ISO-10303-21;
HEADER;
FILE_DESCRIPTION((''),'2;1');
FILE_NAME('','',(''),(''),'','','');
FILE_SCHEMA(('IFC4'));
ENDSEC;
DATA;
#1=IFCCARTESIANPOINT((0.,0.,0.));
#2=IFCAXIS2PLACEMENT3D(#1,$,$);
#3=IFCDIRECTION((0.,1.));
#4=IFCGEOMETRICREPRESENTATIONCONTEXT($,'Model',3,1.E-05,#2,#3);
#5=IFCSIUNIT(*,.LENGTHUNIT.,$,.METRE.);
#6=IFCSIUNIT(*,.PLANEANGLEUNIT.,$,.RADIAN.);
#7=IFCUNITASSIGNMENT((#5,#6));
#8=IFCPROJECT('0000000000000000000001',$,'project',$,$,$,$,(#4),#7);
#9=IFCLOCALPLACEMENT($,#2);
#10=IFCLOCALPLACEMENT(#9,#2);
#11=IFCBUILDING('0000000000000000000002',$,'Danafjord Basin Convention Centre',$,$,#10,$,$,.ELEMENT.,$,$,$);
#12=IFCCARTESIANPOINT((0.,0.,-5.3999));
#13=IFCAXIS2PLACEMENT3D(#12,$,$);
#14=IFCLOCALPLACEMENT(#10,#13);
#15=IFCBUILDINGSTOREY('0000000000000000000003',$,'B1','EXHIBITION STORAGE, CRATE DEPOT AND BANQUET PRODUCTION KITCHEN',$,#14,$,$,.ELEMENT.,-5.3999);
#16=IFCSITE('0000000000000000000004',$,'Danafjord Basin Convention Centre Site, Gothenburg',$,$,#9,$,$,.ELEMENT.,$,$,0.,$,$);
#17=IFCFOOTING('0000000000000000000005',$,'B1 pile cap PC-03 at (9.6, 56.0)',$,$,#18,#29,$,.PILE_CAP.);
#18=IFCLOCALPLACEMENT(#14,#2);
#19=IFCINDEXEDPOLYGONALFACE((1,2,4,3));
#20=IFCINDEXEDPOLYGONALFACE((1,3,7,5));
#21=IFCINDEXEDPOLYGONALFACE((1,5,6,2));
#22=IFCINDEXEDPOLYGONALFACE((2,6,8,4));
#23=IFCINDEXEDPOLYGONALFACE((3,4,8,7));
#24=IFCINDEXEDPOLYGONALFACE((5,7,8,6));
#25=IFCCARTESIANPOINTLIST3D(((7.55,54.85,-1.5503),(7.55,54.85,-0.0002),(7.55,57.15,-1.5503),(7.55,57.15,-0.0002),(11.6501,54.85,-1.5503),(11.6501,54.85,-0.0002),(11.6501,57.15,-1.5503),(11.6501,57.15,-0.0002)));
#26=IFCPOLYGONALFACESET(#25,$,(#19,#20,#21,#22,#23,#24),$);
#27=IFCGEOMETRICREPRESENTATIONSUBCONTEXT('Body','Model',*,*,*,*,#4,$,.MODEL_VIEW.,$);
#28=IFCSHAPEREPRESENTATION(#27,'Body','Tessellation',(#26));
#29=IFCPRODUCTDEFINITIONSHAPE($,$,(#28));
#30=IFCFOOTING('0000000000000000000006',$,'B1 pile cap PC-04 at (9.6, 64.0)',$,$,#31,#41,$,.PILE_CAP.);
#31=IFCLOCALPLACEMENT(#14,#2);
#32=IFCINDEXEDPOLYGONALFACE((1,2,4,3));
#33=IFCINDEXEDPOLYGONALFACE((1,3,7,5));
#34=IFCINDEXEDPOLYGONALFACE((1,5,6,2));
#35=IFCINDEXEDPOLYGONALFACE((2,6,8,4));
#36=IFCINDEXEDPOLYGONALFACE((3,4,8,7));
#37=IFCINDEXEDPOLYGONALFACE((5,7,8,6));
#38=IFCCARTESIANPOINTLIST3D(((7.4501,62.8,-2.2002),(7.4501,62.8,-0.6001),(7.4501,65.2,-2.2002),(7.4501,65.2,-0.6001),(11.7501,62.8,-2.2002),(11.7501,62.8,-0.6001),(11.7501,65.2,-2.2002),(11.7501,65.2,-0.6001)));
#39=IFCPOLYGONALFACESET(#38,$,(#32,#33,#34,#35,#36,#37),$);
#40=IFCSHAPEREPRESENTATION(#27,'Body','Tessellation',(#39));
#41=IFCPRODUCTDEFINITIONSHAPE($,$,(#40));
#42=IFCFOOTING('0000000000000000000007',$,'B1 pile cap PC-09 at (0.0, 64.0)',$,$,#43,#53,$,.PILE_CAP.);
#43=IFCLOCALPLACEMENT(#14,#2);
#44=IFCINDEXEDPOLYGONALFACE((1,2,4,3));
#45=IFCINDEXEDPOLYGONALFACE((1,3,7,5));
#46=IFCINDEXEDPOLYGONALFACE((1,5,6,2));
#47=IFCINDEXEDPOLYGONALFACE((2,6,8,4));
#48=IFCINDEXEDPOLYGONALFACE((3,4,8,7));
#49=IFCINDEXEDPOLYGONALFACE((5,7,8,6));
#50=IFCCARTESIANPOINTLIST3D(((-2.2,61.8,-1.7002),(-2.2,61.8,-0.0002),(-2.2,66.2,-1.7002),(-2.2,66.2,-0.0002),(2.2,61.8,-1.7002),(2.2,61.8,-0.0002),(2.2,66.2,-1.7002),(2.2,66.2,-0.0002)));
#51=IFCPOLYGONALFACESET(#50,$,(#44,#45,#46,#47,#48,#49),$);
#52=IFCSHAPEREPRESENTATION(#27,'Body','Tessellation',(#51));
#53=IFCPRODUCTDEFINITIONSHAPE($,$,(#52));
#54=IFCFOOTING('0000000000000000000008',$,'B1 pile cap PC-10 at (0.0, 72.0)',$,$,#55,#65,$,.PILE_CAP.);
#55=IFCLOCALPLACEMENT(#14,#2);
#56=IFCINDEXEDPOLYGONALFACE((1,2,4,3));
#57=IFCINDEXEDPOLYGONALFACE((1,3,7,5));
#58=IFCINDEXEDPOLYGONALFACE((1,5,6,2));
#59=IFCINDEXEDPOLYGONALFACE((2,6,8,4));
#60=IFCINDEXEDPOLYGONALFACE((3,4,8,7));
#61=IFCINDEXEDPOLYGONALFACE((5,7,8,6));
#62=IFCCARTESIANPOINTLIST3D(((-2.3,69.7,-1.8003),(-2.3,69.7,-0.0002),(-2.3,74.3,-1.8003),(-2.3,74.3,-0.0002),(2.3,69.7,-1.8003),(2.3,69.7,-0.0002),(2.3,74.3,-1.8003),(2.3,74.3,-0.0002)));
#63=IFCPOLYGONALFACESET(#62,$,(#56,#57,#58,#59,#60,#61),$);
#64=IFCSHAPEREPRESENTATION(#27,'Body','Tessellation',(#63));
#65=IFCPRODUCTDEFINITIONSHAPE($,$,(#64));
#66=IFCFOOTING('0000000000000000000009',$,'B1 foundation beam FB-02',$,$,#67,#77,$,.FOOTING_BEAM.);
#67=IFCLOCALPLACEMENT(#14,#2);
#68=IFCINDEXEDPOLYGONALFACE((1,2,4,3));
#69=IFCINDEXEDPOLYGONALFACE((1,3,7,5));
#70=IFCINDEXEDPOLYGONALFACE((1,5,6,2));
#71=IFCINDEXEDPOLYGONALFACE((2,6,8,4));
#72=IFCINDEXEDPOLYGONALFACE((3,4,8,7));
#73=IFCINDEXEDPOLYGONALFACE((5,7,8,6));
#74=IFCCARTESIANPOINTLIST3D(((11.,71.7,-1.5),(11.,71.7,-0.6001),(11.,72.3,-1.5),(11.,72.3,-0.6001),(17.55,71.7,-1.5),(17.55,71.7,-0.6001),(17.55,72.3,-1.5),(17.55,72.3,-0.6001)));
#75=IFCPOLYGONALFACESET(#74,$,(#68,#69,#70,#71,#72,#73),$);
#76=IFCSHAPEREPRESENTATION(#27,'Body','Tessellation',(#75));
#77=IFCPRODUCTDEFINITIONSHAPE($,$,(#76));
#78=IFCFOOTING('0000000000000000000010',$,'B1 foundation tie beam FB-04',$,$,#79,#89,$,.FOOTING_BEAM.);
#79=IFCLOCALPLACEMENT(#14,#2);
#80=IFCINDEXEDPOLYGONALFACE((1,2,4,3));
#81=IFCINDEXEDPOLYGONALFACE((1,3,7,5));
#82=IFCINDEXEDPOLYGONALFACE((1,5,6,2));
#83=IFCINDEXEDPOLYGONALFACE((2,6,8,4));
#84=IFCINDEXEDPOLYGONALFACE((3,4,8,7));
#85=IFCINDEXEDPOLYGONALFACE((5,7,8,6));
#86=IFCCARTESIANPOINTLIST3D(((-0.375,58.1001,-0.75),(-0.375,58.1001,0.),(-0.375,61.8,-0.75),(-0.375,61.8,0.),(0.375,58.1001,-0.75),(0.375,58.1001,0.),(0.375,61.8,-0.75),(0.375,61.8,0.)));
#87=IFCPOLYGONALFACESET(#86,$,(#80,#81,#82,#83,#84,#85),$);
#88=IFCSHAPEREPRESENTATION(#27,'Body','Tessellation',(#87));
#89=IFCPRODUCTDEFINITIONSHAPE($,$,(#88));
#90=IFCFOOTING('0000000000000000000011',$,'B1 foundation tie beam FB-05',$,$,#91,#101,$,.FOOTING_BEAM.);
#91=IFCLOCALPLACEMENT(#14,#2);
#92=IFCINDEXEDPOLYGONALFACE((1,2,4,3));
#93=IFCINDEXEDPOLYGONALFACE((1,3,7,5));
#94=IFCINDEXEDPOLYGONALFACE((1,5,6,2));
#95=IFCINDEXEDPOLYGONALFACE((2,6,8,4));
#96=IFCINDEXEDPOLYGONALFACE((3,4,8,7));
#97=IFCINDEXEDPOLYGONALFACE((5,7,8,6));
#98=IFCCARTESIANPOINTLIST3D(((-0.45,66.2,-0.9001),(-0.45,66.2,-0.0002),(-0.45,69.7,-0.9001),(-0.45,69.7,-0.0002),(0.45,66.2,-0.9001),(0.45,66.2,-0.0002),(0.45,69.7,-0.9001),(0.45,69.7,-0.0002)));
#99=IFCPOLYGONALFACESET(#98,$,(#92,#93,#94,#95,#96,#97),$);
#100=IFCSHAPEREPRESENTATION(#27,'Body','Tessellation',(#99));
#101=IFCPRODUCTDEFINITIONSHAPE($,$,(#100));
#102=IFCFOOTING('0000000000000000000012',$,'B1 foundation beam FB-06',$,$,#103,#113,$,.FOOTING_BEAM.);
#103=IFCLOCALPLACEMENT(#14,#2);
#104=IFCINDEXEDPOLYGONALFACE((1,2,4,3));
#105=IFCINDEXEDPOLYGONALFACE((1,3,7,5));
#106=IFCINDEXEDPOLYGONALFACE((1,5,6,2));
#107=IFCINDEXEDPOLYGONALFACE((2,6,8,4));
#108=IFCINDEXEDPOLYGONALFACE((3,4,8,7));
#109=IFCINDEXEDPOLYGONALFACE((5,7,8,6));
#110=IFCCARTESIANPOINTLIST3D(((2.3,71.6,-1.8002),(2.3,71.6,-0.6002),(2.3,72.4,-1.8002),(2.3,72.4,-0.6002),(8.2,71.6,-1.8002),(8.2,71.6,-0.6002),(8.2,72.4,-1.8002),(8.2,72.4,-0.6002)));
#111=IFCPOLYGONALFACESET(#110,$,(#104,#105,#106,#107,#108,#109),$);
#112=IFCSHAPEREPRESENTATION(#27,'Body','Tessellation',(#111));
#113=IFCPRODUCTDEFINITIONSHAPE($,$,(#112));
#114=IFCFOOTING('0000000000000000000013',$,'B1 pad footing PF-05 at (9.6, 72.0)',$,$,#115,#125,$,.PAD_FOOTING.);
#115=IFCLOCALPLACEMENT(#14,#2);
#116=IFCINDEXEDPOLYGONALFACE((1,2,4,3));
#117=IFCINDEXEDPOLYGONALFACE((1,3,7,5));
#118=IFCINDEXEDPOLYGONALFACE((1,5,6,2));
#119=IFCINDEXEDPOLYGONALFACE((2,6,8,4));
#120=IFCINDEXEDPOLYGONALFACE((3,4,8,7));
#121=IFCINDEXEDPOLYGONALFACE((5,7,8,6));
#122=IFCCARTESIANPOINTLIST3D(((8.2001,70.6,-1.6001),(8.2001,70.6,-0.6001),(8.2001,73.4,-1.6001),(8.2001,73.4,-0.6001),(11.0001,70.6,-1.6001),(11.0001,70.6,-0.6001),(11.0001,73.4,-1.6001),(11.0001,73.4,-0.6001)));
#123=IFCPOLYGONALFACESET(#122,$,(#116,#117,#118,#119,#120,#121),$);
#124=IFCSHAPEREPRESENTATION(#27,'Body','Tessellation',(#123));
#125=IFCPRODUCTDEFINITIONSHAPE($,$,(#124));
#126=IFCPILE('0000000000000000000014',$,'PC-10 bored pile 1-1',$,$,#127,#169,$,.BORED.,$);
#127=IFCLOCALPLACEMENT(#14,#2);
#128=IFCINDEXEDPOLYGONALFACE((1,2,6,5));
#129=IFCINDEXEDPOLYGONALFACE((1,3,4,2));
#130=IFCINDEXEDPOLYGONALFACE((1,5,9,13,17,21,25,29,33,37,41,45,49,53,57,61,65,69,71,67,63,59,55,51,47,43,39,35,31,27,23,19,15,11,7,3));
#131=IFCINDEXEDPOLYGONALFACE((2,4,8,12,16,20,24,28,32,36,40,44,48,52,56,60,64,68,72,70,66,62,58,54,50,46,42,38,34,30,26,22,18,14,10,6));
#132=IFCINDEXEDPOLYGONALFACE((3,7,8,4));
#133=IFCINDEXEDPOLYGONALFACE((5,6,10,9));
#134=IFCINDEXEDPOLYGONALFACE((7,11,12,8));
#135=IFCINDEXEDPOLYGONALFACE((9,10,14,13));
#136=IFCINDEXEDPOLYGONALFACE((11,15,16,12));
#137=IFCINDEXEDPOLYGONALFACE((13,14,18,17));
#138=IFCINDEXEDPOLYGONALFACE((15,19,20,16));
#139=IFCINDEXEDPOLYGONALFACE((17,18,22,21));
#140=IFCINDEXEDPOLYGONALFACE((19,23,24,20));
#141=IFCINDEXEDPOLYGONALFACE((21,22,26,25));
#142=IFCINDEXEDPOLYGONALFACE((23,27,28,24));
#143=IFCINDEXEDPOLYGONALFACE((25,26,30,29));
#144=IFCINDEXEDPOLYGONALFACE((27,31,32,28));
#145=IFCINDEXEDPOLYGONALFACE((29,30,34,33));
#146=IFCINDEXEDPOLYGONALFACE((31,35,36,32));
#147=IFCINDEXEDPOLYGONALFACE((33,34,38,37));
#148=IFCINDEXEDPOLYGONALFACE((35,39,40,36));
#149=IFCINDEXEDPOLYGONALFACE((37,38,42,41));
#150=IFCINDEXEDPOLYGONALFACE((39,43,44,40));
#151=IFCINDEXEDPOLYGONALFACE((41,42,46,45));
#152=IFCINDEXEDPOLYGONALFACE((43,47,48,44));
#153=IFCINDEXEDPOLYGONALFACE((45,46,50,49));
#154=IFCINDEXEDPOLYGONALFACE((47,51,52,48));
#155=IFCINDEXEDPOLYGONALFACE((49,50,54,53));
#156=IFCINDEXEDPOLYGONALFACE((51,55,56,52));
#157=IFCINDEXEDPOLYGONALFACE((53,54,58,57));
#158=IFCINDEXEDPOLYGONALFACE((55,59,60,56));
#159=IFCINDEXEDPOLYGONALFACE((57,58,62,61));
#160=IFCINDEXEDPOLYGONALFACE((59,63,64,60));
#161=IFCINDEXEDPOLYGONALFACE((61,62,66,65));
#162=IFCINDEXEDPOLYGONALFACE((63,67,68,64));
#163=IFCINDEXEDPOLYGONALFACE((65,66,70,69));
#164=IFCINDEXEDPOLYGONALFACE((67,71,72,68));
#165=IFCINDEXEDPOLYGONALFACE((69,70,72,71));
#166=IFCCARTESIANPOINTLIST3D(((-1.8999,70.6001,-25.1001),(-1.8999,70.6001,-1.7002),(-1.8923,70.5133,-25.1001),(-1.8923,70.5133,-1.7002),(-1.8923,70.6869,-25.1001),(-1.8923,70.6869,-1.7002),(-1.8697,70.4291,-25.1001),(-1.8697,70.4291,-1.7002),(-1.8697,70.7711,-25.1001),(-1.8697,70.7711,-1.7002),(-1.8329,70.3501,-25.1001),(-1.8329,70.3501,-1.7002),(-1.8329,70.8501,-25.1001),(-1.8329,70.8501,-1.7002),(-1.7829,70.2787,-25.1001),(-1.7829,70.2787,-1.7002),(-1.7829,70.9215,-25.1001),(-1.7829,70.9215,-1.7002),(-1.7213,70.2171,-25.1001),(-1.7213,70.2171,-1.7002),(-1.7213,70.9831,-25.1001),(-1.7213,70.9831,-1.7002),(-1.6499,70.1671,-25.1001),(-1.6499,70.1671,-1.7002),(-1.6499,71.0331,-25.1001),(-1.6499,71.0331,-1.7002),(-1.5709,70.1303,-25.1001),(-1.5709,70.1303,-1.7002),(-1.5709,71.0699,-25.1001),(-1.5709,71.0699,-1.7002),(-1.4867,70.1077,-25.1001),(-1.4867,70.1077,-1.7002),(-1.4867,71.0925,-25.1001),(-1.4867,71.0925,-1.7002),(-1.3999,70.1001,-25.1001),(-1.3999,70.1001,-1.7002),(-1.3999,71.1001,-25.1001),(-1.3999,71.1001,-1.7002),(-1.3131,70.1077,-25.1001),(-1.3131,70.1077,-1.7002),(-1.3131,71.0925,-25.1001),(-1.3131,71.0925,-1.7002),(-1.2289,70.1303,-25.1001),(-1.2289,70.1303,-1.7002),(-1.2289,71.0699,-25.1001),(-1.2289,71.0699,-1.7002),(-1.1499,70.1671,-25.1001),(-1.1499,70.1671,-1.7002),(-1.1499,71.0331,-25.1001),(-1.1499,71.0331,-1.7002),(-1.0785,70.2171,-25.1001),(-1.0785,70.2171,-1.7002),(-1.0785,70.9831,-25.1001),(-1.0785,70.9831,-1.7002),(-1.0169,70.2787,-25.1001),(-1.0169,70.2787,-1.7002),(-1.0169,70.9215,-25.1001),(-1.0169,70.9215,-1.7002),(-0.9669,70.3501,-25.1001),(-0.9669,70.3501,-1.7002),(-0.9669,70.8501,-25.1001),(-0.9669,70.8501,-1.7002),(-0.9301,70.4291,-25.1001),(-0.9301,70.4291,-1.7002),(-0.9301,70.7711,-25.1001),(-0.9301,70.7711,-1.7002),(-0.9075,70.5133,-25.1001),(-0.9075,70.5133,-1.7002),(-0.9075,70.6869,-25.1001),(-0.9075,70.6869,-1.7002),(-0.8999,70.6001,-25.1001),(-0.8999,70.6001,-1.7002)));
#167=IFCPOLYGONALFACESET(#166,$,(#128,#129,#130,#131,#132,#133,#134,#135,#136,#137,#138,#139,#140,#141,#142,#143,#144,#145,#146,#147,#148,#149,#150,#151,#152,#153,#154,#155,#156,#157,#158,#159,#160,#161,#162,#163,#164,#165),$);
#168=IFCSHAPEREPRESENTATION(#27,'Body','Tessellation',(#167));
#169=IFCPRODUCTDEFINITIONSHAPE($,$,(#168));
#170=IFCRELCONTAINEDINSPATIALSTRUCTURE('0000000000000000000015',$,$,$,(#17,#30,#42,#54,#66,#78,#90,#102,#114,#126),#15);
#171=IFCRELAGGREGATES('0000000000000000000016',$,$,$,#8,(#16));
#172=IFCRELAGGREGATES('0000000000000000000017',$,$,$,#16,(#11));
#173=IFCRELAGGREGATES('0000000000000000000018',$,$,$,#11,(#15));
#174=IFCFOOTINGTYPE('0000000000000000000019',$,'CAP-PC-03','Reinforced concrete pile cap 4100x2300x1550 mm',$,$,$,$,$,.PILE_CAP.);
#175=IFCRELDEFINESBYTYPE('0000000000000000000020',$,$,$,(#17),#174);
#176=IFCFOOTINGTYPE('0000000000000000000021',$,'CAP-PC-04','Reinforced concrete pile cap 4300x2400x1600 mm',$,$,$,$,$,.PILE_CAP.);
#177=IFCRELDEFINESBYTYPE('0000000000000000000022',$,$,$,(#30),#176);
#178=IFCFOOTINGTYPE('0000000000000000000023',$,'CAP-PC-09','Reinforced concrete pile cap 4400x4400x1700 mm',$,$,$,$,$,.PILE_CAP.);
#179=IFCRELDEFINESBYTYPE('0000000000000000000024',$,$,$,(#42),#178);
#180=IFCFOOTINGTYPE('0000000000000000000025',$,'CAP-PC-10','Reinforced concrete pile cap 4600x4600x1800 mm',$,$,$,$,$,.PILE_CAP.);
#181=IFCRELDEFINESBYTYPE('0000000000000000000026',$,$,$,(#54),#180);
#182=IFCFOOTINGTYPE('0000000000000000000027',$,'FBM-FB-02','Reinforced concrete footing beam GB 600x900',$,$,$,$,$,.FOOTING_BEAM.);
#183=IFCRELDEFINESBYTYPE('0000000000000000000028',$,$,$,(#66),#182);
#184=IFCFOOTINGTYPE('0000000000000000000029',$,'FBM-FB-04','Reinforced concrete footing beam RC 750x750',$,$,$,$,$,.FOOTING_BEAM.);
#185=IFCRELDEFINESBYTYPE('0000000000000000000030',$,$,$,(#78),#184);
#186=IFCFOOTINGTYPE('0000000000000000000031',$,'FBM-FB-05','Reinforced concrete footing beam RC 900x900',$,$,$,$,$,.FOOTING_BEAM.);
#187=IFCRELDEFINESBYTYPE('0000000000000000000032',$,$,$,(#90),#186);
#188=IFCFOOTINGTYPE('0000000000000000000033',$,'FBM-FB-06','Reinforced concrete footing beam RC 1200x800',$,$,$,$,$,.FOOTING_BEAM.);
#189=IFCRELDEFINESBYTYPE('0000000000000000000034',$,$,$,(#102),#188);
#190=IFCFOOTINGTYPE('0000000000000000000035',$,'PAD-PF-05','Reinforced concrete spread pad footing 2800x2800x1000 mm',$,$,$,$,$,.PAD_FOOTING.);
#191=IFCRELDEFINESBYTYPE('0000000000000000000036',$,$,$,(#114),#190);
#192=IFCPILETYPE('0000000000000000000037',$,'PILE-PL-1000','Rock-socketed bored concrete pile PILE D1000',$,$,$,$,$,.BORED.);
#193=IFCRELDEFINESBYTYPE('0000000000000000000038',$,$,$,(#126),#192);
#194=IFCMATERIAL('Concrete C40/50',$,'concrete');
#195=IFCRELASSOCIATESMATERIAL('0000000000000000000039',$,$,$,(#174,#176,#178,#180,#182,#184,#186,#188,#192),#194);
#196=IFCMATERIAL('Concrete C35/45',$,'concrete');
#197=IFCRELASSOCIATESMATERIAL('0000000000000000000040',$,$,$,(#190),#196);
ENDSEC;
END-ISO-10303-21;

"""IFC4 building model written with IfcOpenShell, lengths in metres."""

from ifc_helpers import new_model, si_unit, direction, frame, origin, origin_2d, place, context, subcontext, project, spatial, rectangle, circle, extrude, material, material_profile, profile_set, type_object, element, save


model = new_model("IFC4")

# Units and contexts
model_context = context("Model", 3, precision=1e-05, world=origin(), true_north=direction((0.0, 1.0)))
body_context = subcontext(model_context, "Body", "Model", "MODEL_VIEW")
ifc_project = project(units=[si_unit("LENGTHUNIT", "METRE"), si_unit("PLANEANGLEUNIT", "RADIAN")], contexts=[model_context])

# Site, building, storey
site_placement = place(None, origin())
site = spatial("IfcSite", under=ifc_project, at=site_placement, Name="Danafjord Basin Convention Centre Site, Gothenburg", CompositionType="ELEMENT", RefElevation=0.0)
building_placement = place(site_placement, origin())
building = spatial("IfcBuilding", under=site, at=building_placement, Name="Danafjord Basin Convention Centre", CompositionType="ELEMENT")
storey_placement = place(building_placement, frame((0.0, 0.0, -5.3999)))
storey = spatial("IfcBuildingStorey", under=building, at=storey_placement, Name="B1", Description="EXHIBITION STORAGE, CRATE DEPOT AND BANQUET PRODUCTION KITCHEN", CompositionType="ELEMENT", Elevation=-5.3999)

# Footings
ifc_material_1 = material(Name="Concrete C40/50", Category="concrete")
footing_type_1 = type_object("IfcFootingType", Name="CAP-PC-03", Description="Reinforced concrete pile cap 4100x2300x1550 mm", PredefinedType="PILE_CAP", material=ifc_material_1)
footing_1_placement = place(storey_placement, frame((9.6001, 56.0, -1.5503), z_axis=(0.0, 0.0, 1.0), x_axis=(1.0, 0.0, 0.0)))
element("IfcFooting", 1, at=footing_1_placement, inside=storey, type_object=footing_type_1, Name="B1 pile cap PC-03 at (9.6, 56.0)", PredefinedType="PILE_CAP", context=body_context, shape_type="SweptSolid", body=[
    extrude(rectangle(XDim=4.1001, YDim=2.3, at=origin_2d()), origin(), (0.0, 0.0, 1.0), 1.55),
])
footing_type_2 = type_object("IfcFootingType", Name="CAP-PC-04", Description="Reinforced concrete pile cap 4300x2400x1600 mm", PredefinedType="PILE_CAP", material=ifc_material_1)
footing_2_placement = place(storey_placement, frame((9.6001, 64.0, -2.2002), z_axis=(0.0, 0.0, 1.0), x_axis=(1.0, 0.0, 0.0)))
element("IfcFooting", 2, at=footing_2_placement, inside=storey, type_object=footing_type_2, Name="B1 pile cap PC-04 at (9.6, 64.0)", PredefinedType="PILE_CAP", context=body_context, shape_type="SweptSolid", body=[
    extrude(rectangle(XDim=4.3, YDim=2.3999, at=origin_2d()), origin(), (0.0, 0.0, 1.0), 1.6001),
])
footing_type_3 = type_object("IfcFootingType", Name="CAP-PC-09", Description="Reinforced concrete pile cap 4400x4400x1700 mm", PredefinedType="PILE_CAP", material=ifc_material_1)
footing_3_placement = place(storey_placement, frame((0.0, 64.0, -1.7002), z_axis=(0.0, 0.0, 1.0), x_axis=(1.0, 0.0, 0.0)))
element("IfcFooting", 3, at=footing_3_placement, inside=storey, type_object=footing_type_3, Name="B1 pile cap PC-09 at (0.0, 64.0)", PredefinedType="PILE_CAP", context=body_context, shape_type="SweptSolid", body=[
    extrude(rectangle(XDim=4.3999, YDim=4.3999, at=origin_2d()), origin(), (0.0, 0.0, 1.0), 1.7),
])
footing_type_4 = type_object("IfcFootingType", Name="CAP-PC-10", Description="Reinforced concrete pile cap 4600x4600x1800 mm", PredefinedType="PILE_CAP", material=ifc_material_1)
footing_4_placement = place(storey_placement, frame((0.0, 72.0, -1.8003), z_axis=(0.0, 0.0, 1.0), x_axis=(1.0, 0.0, 0.0)))
element("IfcFooting", 4, at=footing_4_placement, inside=storey, type_object=footing_type_4, Name="B1 pile cap PC-10 at (0.0, 72.0)", PredefinedType="PILE_CAP", context=body_context, shape_type="SweptSolid", body=[
    extrude(rectangle(XDim=4.6001, YDim=4.6001, at=origin_2d()), origin(), (0.0, 0.0, 1.0), 1.8),
])
ifc_material_profile_1 = material_profile(ifc_material_1, rectangle(XDim=0.6001, YDim=0.8999, at=origin_2d()), Name="GB 600x900")
ifc_profile_set_1 = profile_set([ifc_material_profile_1], Name="Concrete C40/50")
footing_type_5 = type_object("IfcFootingType", Name="FBM-FB-02", Description="Reinforced concrete footing beam GB 600x900", PredefinedType="FOOTING_BEAM", material=ifc_profile_set_1)
footing_5_placement = place(storey_placement, frame((11.0, 72.0, -1.05), z_axis=(1.0, 0.0, 0.0), x_axis=(0.0, 1.0, 0.0)))
element("IfcFooting", 5, at=footing_5_placement, inside=storey, type_object=footing_type_5, Name="B1 foundation beam FB-02", PredefinedType="FOOTING_BEAM", context=body_context, shape_type="SweptSolid", body=[
    extrude(rectangle(XDim=0.6001, YDim=0.8999, at=origin_2d()), origin(), (0.0, 0.0, 1.0), 6.55),
])
ifc_material_profile_2 = material_profile(ifc_material_1, rectangle(XDim=0.75, YDim=0.75, at=origin_2d()), Name="RC 750x750")
ifc_profile_set_2 = profile_set([ifc_material_profile_2], Name="Concrete C40/50")
footing_type_6 = type_object("IfcFootingType", Name="FBM-FB-04", Description="Reinforced concrete footing beam RC 750x750", PredefinedType="FOOTING_BEAM", material=ifc_profile_set_2)
footing_6_placement = place(storey_placement, frame((0.0, 58.1001, -0.375), z_axis=(0.0, 1.0, 0.0), x_axis=(-1.0, 0.0, 0.0)))
element("IfcFooting", 6, at=footing_6_placement, inside=storey, type_object=footing_type_6, Name="B1 foundation tie beam FB-04", PredefinedType="FOOTING_BEAM", context=body_context, shape_type="SweptSolid", body=[
    extrude(rectangle(XDim=0.75, YDim=0.75, at=origin_2d()), origin(), (0.0, 0.0, 1.0), 3.7),
])
ifc_material_profile_3 = material_profile(ifc_material_1, rectangle(XDim=0.8999, YDim=0.8999, at=origin_2d()), Name="RC 900x900")
ifc_profile_set_3 = profile_set([ifc_material_profile_3], Name="Concrete C40/50")
footing_type_7 = type_object("IfcFootingType", Name="FBM-FB-05", Description="Reinforced concrete footing beam RC 900x900", PredefinedType="FOOTING_BEAM", material=ifc_profile_set_3)
footing_7_placement = place(storey_placement, frame((0.0, 66.2, -0.4502), z_axis=(0.0, 1.0, 0.0), x_axis=(-1.0, 0.0, 0.0)))
element("IfcFooting", 7, at=footing_7_placement, inside=storey, type_object=footing_type_7, Name="B1 foundation tie beam FB-05", PredefinedType="FOOTING_BEAM", context=body_context, shape_type="SweptSolid", body=[
    extrude(rectangle(XDim=0.8999, YDim=0.8999, at=origin_2d()), origin(), (0.0, 0.0, 1.0), 3.5),
])
ifc_material_profile_4 = material_profile(ifc_material_1, rectangle(XDim=0.8, YDim=1.2, at=origin_2d()), Name="RC 1200x800")
ifc_profile_set_4 = profile_set([ifc_material_profile_4], Name="Concrete C40/50")
footing_type_8 = type_object("IfcFootingType", Name="FBM-FB-06", Description="Reinforced concrete footing beam RC 1200x800", PredefinedType="FOOTING_BEAM", material=ifc_profile_set_4)
footing_8_placement = place(storey_placement, frame((2.3, 72.0, -1.2002), z_axis=(1.0, 0.0, 0.0), x_axis=(0.0, 1.0, 0.0)))
element("IfcFooting", 8, at=footing_8_placement, inside=storey, type_object=footing_type_8, Name="B1 foundation beam FB-06", PredefinedType="FOOTING_BEAM", context=body_context, shape_type="SweptSolid", body=[
    extrude(rectangle(XDim=0.8, YDim=1.2, at=origin_2d()), origin(), (0.0, 0.0, 1.0), 5.8999),
])
ifc_material_2 = material(Name="Concrete C35/45", Category="concrete")
footing_type_9 = type_object("IfcFootingType", Name="PAD-PF-05", Description="Reinforced concrete spread pad footing 2800x2800x1000 mm", PredefinedType="PAD_FOOTING", material=ifc_material_2)
footing_9_placement = place(storey_placement, frame((9.6001, 72.0, -1.6001), z_axis=(0.0, 0.0, 1.0), x_axis=(1.0, 0.0, 0.0)))
element("IfcFooting", 9, at=footing_9_placement, inside=storey, type_object=footing_type_9, Name="B1 pad footing PF-05 at (9.6, 72.0)", PredefinedType="PAD_FOOTING", context=body_context, shape_type="SweptSolid", body=[
    extrude(rectangle(XDim=2.8, YDim=2.8, at=origin_2d()), origin(), (0.0, 0.0, 1.0), 1.0),
])

# Pile
ifc_material_profile_5 = material_profile(ifc_material_1, circle(Radius=0.5, at=origin_2d()), Name="PILE D1000")
ifc_profile_set_5 = profile_set([ifc_material_profile_5], Name="Concrete C40/50")
pile_type_1 = type_object("IfcPileType", Name="PILE-PL-1000", Description="Rock-socketed bored concrete pile PILE D1000", PredefinedType="BORED", material=ifc_profile_set_5)
for number, where, z_axis, x_axis, name in (
    (10, (-1.3999, 70.6001, -1.7002), (0.0, 0.0, -1.0), (1.0, 0.0, 0.0), "PC-10 bored pile 1-1"),
):
    element("IfcPile", number, at=place(storey_placement, frame(where, z_axis=z_axis, x_axis=x_axis)), inside=storey, type_object=pile_type_1, Name=name, PredefinedType="BORED", context=body_context, shape_type="SweptSolid", body=[
        extrude(circle(Radius=0.5, at=origin_2d()), origin(), (0.0, 0.0, 1.0), 23.3999),
    ])

save(model, "model.ifc")
